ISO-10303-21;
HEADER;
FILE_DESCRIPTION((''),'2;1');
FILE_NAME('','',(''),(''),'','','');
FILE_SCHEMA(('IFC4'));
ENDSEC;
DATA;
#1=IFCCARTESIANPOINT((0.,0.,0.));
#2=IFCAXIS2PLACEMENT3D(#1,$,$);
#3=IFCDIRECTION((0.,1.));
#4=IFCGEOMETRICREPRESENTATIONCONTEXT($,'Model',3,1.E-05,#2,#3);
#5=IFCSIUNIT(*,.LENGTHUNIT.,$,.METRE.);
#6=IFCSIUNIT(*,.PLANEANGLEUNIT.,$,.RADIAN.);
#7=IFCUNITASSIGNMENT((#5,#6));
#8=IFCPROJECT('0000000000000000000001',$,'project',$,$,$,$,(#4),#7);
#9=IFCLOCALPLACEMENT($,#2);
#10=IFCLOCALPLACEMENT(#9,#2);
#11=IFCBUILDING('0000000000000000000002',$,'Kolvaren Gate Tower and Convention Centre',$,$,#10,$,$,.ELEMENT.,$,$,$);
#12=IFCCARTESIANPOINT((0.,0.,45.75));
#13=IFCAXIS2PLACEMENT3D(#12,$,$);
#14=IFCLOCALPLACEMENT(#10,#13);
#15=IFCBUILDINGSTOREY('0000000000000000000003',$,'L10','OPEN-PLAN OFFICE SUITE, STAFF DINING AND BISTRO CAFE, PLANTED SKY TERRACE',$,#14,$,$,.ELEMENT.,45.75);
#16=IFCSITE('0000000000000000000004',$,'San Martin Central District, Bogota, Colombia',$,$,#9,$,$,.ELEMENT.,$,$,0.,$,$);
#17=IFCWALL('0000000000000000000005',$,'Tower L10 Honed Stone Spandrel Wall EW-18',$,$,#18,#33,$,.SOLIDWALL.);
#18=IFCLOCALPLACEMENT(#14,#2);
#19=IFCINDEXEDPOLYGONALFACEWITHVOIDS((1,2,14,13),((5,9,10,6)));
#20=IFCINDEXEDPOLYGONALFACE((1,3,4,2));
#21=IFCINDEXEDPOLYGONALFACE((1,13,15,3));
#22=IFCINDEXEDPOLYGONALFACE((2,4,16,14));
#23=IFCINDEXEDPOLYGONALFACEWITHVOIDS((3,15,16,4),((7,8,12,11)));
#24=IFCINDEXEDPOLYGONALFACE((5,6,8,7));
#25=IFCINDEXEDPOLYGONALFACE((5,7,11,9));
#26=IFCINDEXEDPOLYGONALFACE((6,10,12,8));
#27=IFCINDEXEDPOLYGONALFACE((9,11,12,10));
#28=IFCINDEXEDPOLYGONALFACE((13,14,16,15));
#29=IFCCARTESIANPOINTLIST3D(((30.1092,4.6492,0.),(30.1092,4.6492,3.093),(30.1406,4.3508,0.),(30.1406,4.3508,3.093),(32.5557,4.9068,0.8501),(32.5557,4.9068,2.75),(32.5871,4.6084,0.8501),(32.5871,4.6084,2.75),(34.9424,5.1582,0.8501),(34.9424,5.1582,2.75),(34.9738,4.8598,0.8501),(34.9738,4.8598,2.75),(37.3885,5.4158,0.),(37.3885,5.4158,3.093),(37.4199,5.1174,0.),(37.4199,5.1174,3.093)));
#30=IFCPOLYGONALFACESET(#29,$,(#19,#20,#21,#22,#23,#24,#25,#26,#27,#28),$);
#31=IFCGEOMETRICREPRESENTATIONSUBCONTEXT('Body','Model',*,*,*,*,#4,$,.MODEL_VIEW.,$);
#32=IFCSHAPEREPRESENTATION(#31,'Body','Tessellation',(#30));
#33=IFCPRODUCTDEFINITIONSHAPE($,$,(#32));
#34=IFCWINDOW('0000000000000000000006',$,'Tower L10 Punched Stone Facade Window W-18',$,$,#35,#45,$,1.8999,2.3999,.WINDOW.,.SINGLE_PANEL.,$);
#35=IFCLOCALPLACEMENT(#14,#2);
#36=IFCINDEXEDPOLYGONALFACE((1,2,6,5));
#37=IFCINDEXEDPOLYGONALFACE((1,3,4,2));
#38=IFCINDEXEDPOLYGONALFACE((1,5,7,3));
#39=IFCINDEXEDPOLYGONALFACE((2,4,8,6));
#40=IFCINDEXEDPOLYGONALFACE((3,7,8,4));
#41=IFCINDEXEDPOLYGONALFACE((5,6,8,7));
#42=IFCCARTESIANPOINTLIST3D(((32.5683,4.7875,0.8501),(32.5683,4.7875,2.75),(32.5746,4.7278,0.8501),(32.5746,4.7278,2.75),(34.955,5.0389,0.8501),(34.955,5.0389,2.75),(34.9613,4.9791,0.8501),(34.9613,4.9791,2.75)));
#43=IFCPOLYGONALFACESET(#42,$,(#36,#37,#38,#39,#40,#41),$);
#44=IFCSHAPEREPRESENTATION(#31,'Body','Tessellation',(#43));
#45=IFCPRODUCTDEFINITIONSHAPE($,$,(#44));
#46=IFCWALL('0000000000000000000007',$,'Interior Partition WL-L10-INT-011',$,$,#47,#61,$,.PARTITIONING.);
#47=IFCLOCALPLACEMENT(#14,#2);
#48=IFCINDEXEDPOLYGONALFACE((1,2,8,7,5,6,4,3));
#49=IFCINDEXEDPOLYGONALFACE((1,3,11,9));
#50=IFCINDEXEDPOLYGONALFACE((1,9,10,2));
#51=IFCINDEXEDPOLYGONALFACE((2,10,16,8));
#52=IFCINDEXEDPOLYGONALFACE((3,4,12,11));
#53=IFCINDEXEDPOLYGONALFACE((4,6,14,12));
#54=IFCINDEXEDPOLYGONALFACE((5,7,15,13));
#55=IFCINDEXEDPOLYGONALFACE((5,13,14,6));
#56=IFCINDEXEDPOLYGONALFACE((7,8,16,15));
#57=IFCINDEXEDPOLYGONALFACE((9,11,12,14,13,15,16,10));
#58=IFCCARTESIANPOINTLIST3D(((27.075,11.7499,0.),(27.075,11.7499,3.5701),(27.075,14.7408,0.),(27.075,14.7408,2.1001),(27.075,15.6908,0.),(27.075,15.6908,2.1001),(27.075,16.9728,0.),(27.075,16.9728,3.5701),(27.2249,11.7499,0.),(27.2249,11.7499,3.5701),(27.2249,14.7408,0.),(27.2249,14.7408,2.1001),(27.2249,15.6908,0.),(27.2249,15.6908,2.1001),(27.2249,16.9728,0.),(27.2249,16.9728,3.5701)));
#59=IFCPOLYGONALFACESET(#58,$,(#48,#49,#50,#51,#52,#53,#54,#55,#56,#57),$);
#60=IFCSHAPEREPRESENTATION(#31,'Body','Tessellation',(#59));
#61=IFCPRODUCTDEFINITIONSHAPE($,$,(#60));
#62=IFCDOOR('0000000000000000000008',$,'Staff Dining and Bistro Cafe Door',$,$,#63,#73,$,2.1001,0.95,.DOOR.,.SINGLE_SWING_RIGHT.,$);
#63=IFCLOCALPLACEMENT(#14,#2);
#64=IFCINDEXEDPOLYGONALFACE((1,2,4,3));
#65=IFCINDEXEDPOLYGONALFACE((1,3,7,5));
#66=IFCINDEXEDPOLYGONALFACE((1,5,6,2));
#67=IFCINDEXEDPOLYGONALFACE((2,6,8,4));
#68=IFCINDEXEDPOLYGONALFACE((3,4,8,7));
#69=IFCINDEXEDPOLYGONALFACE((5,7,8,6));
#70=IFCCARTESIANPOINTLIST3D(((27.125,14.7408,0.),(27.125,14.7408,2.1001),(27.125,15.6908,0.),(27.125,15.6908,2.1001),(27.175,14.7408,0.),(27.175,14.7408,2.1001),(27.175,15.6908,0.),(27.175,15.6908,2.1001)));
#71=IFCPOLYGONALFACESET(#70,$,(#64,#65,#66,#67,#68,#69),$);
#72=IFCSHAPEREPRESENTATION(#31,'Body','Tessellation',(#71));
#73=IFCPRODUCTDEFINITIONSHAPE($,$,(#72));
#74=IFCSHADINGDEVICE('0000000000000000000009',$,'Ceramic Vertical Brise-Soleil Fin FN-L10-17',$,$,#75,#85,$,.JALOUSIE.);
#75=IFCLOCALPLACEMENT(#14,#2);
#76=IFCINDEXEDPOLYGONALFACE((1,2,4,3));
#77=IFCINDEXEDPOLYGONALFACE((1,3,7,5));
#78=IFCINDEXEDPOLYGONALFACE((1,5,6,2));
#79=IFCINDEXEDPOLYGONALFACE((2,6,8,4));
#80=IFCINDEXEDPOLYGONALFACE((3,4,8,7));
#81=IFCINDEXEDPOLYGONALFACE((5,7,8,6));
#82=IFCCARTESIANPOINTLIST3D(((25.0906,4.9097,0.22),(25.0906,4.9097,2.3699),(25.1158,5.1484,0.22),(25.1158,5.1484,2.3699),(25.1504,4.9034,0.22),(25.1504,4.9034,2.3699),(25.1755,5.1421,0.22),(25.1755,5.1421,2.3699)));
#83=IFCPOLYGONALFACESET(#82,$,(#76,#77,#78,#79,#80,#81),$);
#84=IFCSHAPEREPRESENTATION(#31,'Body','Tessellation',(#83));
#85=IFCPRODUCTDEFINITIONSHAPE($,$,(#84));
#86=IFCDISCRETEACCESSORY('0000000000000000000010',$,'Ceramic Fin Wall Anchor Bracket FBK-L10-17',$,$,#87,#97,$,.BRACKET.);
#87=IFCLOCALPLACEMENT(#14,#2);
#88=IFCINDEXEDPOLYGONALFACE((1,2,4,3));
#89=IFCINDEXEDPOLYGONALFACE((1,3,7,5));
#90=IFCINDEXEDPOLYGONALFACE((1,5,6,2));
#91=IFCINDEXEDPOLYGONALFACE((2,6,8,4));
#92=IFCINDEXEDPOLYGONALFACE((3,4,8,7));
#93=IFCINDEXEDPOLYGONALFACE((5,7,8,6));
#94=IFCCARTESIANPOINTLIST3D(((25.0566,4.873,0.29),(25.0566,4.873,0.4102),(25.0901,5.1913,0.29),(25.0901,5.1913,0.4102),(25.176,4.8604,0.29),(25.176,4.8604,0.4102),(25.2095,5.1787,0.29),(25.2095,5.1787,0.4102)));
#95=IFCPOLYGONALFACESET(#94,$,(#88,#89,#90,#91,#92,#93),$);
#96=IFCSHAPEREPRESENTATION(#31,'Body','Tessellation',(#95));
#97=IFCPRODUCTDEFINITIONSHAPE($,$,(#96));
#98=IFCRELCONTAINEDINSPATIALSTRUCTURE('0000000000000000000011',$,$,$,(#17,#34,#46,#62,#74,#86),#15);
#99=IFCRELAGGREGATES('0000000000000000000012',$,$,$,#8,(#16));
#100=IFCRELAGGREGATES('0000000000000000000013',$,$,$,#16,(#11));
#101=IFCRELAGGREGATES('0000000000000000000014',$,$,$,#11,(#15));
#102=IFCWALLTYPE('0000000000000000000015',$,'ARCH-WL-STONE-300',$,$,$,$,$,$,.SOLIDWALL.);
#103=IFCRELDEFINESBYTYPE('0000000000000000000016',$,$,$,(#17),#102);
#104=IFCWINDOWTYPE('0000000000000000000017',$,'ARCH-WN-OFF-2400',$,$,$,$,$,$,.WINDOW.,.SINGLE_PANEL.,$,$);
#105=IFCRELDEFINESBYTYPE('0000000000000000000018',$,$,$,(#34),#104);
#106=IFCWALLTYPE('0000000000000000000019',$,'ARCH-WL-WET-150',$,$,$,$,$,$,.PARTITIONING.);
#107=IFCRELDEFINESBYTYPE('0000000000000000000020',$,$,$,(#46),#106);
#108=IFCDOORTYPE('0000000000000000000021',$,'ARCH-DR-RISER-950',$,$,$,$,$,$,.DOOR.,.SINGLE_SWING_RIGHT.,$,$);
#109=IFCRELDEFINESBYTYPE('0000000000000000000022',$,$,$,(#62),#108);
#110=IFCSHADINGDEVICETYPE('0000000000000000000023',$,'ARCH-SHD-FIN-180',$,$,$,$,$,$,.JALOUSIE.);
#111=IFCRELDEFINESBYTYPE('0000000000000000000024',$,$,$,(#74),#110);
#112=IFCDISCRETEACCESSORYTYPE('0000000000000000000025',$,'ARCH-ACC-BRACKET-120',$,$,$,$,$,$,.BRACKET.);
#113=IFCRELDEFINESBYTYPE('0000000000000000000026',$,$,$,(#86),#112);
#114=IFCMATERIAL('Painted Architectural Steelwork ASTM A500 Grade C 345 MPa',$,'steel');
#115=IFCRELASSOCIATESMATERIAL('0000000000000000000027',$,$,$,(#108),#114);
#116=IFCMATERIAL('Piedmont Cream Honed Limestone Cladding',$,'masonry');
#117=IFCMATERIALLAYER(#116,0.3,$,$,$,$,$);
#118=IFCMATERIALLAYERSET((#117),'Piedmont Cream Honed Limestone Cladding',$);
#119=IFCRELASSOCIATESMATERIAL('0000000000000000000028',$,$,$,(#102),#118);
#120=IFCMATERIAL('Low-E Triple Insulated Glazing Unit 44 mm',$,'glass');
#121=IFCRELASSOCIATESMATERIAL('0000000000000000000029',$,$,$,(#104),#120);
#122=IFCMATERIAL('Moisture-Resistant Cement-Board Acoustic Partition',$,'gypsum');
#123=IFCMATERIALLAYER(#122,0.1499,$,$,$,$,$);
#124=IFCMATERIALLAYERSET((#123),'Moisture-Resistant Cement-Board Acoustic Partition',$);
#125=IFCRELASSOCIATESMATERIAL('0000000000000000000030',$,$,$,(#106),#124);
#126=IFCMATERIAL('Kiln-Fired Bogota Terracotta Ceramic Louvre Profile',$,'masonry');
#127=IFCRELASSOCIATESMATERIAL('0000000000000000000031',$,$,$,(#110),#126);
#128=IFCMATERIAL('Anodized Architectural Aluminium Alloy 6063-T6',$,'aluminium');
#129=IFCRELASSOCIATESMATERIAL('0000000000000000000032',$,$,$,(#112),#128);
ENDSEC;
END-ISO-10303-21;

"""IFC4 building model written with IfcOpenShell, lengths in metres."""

from ifc_helpers import new_model, si_unit, direction, frame, frame_2d, origin, origin_2d, place, context, subcontext, project, spatial, rectangle, extrude, material, layer, layer_set, type_object, element, fill, save


model = new_model("IFC4")

# Units and contexts
model_context = context("Model", 3, precision=1e-05, world=origin(), true_north=direction((0.0, 1.0)))
body_context = subcontext(model_context, "Body", "Model", "MODEL_VIEW")
ifc_project = project(units=[si_unit("LENGTHUNIT", "METRE"), si_unit("PLANEANGLEUNIT", "RADIAN")], contexts=[model_context])

# Site, building, storey
site_placement = place(None, origin())
site = spatial("IfcSite", under=ifc_project, at=site_placement, Name="San Martin Central District, Bogota, Colombia", CompositionType="ELEMENT", RefElevation=0.0)
building_placement = place(site_placement, origin())
building = spatial("IfcBuilding", under=site, at=building_placement, Name="Kolvaren Gate Tower and Convention Centre", CompositionType="ELEMENT")
storey_placement = place(building_placement, frame((0.0, 0.0, 45.75)))
storey = spatial("IfcBuildingStorey", under=building, at=storey_placement, Name="L10", Description="OPEN-PLAN OFFICE SUITE, STAFF DINING AND BISTRO CAFE, PLANTED SKY TERRACE", CompositionType="ELEMENT", Elevation=45.75)

# Shared definitions
ifc_material_1 = material(Name="Painted Architectural Steelwork ASTM A500 Grade C 345 MPa", Category="steel")
door_type = type_object("IfcDoorType", Name="ARCH-DR-RISER-950", OperationType="SINGLE_SWING_RIGHT", PredefinedType="DOOR", material=ifc_material_1)

# Wall, opening, window
ifc_material_2 = material(Name="Piedmont Cream Honed Limestone Cladding", Category="masonry")
ifc_layer_1 = layer(ifc_material_2, 0.3)
ifc_layer_set_1 = layer_set([ifc_layer_1], Name="Piedmont Cream Honed Limestone Cladding")
wall_type_1 = type_object("IfcWallType", Name="ARCH-WL-STONE-300", PredefinedType="SOLIDWALL", material=ifc_layer_set_1)
wall_1_placement = place(storey_placement, frame((30.125, 4.5, 0.0), z_axis=(0.0, 0.0, 1.0), x_axis=(0.9945, 0.104733, 0.0)))
wall_1 = element("IfcWall", 1, at=wall_1_placement, inside=storey, type_object=wall_type_1, Name="Tower L10 Honed Stone Spandrel Wall EW-18", PredefinedType="SOLIDWALL", context=body_context, shape_type="SweptSolid", body=[
    extrude(rectangle(XDim=7.3196, YDim=0.3, at=frame_2d((3.6597, 0.0))), origin(), (0.0, 0.0, 1.0), 3.093),
])
opening_1_placement = place(wall_1_placement, frame((2.46, 0.0, 0.8501)))
opening_1 = element("IfcOpeningElement", 2, at=opening_1_placement, cuts=wall_1, PredefinedType="OPENING", context=body_context, shape_type="SweptSolid", body=[
    extrude(rectangle(XDim=2.3999, YDim=1.8999, at=frame_2d((1.2, 0.95))), frame((0.0, 0.1599, 0.0), z_axis=(0.0, -1.0, 0.0), x_axis=(1.0, 0.0, 0.0)), (0.0, 0.0, 1.0), 0.3201),
])
ifc_material_3 = material(Name="Low-E Triple Insulated Glazing Unit 44 mm", Category="glass")
window_type = type_object("IfcWindowType", Name="ARCH-WN-OFF-2400", PartitioningType="SINGLE_PANEL", PredefinedType="WINDOW", material=ifc_material_3)
window_placement = place(opening_1_placement, origin())
window = element("IfcWindow", 3, at=window_placement, inside=storey, type_object=window_type, Name="Tower L10 Punched Stone Facade Window W-18", OverallHeight=1.8999, OverallWidth=2.3999, PartitioningType="SINGLE_PANEL", PredefinedType="WINDOW", context=body_context, shape_type="SweptSolid", body=[
    extrude(rectangle(XDim=2.3999, YDim=1.8999, at=frame_2d((1.2, 0.95))), frame((0.0, 0.03, 0.0), z_axis=(0.0, -1.0, 0.0), x_axis=(1.0, 0.0, 0.0)), (0.0, 0.0, 1.0), 0.0601),
])
fill(opening_1, window)

# Wall, opening, door
ifc_material_4 = material(Name="Moisture-Resistant Cement-Board Acoustic Partition", Category="gypsum")
ifc_layer_2 = layer(ifc_material_4, 0.1499)
ifc_layer_set_2 = layer_set([ifc_layer_2], Name="Moisture-Resistant Cement-Board Acoustic Partition")
wall_type_2 = type_object("IfcWallType", Name="ARCH-WL-WET-150", PredefinedType="PARTITIONING", material=ifc_layer_set_2)
wall_2_placement = place(storey_placement, frame((27.1499, 11.75, 0.0), z_axis=(0.0, 0.0, 1.0), x_axis=(0.0, 1.0, 0.0)))
wall_2 = element("IfcWall", 4, at=wall_2_placement, inside=storey, type_object=wall_type_2, Name="Interior Partition WL-L10-INT-011", PredefinedType="PARTITIONING", context=body_context, shape_type="SweptSolid", body=[
    extrude(rectangle(XDim=5.2229, YDim=0.1499, at=frame_2d((2.6113, 0.0))), origin(), (0.0, 0.0, 1.0), 3.5701),
])
opening_2_placement = place(wall_2_placement, frame((2.9907, 0.0, 0.0)))
opening_2 = element("IfcOpeningElement", 5, at=opening_2_placement, cuts=wall_2, PredefinedType="OPENING", context=body_context, shape_type="SweptSolid", body=[
    extrude(rectangle(XDim=0.95, YDim=2.1001, at=frame_2d((0.4751, 1.05))), frame((0.0, 0.085, 0.0), z_axis=(0.0, -1.0, 0.0), x_axis=(1.0, 0.0, 0.0)), (0.0, 0.0, 1.0), 0.1699),
])
door_1_placement = place(opening_2_placement, origin())
door_1 = element("IfcDoor", 6, at=door_1_placement, inside=storey, type_object=door_type, Name="Staff Dining and Bistro Cafe Door", OperationType="SINGLE_SWING_RIGHT", OverallHeight=2.1001, OverallWidth=0.95, PredefinedType="DOOR", context=body_context, shape_type="SweptSolid", body=[
    extrude(rectangle(XDim=0.95, YDim=2.1001, at=frame_2d((0.4751, 1.05))), frame((0.0, 0.0249, 0.0), z_axis=(0.0, -1.0, 0.0), x_axis=(1.0, 0.0, 0.0)), (0.0, 0.0, 1.0), 0.05),
])
fill(opening_2, door_1)

# Shading device
ifc_material_5 = material(Name="Kiln-Fired Bogota Terracotta Ceramic Louvre Profile", Category="masonry")
shading_device_type = type_object("IfcShadingDeviceType", Name="ARCH-SHD-FIN-180", PredefinedType="JALOUSIE", material=ifc_material_5)
shading_device_placement = place(storey_placement, frame((25.1331, 5.0259, 0.22), z_axis=(0.0, 0.0, 1.0), x_axis=(0.994499, -0.104747, 0.0)))
element("IfcShadingDevice", 7, at=shading_device_placement, inside=storey, type_object=shading_device_type, Name="Ceramic Vertical Brise-Soleil Fin FN-L10-17", PredefinedType="JALOUSIE", context=body_context, shape_type="SweptSolid", body=[
    extrude(rectangle(XDim=0.0601, YDim=0.24, at=origin_2d()), origin(), (0.0, 0.0, 1.0), 2.1499),
])

# Discrete accessory
ifc_material_6 = material(Name="Anodized Architectural Aluminium Alloy 6063-T6", Category="aluminium")
discrete_accessory_type = type_object("IfcDiscreteAccessoryType", Name="ARCH-ACC-BRACKET-120", PredefinedType="BRACKET", material=ifc_material_6)
discrete_accessory_placement = place(storey_placement, frame((25.1331, 5.0259, 0.29), z_axis=(0.0, 0.0, 1.0), x_axis=(0.994499, -0.104747, 0.0)))
element("IfcDiscreteAccessory", 8, at=discrete_accessory_placement, inside=storey, type_object=discrete_accessory_type, Name="Ceramic Fin Wall Anchor Bracket FBK-L10-17", PredefinedType="BRACKET", context=body_context, shape_type="SweptSolid", body=[
    extrude(rectangle(XDim=0.1201, YDim=0.3201, at=origin_2d()), origin(), (0.0, 0.0, 1.0), 0.1201),
])

save(model, "model.ifc")
